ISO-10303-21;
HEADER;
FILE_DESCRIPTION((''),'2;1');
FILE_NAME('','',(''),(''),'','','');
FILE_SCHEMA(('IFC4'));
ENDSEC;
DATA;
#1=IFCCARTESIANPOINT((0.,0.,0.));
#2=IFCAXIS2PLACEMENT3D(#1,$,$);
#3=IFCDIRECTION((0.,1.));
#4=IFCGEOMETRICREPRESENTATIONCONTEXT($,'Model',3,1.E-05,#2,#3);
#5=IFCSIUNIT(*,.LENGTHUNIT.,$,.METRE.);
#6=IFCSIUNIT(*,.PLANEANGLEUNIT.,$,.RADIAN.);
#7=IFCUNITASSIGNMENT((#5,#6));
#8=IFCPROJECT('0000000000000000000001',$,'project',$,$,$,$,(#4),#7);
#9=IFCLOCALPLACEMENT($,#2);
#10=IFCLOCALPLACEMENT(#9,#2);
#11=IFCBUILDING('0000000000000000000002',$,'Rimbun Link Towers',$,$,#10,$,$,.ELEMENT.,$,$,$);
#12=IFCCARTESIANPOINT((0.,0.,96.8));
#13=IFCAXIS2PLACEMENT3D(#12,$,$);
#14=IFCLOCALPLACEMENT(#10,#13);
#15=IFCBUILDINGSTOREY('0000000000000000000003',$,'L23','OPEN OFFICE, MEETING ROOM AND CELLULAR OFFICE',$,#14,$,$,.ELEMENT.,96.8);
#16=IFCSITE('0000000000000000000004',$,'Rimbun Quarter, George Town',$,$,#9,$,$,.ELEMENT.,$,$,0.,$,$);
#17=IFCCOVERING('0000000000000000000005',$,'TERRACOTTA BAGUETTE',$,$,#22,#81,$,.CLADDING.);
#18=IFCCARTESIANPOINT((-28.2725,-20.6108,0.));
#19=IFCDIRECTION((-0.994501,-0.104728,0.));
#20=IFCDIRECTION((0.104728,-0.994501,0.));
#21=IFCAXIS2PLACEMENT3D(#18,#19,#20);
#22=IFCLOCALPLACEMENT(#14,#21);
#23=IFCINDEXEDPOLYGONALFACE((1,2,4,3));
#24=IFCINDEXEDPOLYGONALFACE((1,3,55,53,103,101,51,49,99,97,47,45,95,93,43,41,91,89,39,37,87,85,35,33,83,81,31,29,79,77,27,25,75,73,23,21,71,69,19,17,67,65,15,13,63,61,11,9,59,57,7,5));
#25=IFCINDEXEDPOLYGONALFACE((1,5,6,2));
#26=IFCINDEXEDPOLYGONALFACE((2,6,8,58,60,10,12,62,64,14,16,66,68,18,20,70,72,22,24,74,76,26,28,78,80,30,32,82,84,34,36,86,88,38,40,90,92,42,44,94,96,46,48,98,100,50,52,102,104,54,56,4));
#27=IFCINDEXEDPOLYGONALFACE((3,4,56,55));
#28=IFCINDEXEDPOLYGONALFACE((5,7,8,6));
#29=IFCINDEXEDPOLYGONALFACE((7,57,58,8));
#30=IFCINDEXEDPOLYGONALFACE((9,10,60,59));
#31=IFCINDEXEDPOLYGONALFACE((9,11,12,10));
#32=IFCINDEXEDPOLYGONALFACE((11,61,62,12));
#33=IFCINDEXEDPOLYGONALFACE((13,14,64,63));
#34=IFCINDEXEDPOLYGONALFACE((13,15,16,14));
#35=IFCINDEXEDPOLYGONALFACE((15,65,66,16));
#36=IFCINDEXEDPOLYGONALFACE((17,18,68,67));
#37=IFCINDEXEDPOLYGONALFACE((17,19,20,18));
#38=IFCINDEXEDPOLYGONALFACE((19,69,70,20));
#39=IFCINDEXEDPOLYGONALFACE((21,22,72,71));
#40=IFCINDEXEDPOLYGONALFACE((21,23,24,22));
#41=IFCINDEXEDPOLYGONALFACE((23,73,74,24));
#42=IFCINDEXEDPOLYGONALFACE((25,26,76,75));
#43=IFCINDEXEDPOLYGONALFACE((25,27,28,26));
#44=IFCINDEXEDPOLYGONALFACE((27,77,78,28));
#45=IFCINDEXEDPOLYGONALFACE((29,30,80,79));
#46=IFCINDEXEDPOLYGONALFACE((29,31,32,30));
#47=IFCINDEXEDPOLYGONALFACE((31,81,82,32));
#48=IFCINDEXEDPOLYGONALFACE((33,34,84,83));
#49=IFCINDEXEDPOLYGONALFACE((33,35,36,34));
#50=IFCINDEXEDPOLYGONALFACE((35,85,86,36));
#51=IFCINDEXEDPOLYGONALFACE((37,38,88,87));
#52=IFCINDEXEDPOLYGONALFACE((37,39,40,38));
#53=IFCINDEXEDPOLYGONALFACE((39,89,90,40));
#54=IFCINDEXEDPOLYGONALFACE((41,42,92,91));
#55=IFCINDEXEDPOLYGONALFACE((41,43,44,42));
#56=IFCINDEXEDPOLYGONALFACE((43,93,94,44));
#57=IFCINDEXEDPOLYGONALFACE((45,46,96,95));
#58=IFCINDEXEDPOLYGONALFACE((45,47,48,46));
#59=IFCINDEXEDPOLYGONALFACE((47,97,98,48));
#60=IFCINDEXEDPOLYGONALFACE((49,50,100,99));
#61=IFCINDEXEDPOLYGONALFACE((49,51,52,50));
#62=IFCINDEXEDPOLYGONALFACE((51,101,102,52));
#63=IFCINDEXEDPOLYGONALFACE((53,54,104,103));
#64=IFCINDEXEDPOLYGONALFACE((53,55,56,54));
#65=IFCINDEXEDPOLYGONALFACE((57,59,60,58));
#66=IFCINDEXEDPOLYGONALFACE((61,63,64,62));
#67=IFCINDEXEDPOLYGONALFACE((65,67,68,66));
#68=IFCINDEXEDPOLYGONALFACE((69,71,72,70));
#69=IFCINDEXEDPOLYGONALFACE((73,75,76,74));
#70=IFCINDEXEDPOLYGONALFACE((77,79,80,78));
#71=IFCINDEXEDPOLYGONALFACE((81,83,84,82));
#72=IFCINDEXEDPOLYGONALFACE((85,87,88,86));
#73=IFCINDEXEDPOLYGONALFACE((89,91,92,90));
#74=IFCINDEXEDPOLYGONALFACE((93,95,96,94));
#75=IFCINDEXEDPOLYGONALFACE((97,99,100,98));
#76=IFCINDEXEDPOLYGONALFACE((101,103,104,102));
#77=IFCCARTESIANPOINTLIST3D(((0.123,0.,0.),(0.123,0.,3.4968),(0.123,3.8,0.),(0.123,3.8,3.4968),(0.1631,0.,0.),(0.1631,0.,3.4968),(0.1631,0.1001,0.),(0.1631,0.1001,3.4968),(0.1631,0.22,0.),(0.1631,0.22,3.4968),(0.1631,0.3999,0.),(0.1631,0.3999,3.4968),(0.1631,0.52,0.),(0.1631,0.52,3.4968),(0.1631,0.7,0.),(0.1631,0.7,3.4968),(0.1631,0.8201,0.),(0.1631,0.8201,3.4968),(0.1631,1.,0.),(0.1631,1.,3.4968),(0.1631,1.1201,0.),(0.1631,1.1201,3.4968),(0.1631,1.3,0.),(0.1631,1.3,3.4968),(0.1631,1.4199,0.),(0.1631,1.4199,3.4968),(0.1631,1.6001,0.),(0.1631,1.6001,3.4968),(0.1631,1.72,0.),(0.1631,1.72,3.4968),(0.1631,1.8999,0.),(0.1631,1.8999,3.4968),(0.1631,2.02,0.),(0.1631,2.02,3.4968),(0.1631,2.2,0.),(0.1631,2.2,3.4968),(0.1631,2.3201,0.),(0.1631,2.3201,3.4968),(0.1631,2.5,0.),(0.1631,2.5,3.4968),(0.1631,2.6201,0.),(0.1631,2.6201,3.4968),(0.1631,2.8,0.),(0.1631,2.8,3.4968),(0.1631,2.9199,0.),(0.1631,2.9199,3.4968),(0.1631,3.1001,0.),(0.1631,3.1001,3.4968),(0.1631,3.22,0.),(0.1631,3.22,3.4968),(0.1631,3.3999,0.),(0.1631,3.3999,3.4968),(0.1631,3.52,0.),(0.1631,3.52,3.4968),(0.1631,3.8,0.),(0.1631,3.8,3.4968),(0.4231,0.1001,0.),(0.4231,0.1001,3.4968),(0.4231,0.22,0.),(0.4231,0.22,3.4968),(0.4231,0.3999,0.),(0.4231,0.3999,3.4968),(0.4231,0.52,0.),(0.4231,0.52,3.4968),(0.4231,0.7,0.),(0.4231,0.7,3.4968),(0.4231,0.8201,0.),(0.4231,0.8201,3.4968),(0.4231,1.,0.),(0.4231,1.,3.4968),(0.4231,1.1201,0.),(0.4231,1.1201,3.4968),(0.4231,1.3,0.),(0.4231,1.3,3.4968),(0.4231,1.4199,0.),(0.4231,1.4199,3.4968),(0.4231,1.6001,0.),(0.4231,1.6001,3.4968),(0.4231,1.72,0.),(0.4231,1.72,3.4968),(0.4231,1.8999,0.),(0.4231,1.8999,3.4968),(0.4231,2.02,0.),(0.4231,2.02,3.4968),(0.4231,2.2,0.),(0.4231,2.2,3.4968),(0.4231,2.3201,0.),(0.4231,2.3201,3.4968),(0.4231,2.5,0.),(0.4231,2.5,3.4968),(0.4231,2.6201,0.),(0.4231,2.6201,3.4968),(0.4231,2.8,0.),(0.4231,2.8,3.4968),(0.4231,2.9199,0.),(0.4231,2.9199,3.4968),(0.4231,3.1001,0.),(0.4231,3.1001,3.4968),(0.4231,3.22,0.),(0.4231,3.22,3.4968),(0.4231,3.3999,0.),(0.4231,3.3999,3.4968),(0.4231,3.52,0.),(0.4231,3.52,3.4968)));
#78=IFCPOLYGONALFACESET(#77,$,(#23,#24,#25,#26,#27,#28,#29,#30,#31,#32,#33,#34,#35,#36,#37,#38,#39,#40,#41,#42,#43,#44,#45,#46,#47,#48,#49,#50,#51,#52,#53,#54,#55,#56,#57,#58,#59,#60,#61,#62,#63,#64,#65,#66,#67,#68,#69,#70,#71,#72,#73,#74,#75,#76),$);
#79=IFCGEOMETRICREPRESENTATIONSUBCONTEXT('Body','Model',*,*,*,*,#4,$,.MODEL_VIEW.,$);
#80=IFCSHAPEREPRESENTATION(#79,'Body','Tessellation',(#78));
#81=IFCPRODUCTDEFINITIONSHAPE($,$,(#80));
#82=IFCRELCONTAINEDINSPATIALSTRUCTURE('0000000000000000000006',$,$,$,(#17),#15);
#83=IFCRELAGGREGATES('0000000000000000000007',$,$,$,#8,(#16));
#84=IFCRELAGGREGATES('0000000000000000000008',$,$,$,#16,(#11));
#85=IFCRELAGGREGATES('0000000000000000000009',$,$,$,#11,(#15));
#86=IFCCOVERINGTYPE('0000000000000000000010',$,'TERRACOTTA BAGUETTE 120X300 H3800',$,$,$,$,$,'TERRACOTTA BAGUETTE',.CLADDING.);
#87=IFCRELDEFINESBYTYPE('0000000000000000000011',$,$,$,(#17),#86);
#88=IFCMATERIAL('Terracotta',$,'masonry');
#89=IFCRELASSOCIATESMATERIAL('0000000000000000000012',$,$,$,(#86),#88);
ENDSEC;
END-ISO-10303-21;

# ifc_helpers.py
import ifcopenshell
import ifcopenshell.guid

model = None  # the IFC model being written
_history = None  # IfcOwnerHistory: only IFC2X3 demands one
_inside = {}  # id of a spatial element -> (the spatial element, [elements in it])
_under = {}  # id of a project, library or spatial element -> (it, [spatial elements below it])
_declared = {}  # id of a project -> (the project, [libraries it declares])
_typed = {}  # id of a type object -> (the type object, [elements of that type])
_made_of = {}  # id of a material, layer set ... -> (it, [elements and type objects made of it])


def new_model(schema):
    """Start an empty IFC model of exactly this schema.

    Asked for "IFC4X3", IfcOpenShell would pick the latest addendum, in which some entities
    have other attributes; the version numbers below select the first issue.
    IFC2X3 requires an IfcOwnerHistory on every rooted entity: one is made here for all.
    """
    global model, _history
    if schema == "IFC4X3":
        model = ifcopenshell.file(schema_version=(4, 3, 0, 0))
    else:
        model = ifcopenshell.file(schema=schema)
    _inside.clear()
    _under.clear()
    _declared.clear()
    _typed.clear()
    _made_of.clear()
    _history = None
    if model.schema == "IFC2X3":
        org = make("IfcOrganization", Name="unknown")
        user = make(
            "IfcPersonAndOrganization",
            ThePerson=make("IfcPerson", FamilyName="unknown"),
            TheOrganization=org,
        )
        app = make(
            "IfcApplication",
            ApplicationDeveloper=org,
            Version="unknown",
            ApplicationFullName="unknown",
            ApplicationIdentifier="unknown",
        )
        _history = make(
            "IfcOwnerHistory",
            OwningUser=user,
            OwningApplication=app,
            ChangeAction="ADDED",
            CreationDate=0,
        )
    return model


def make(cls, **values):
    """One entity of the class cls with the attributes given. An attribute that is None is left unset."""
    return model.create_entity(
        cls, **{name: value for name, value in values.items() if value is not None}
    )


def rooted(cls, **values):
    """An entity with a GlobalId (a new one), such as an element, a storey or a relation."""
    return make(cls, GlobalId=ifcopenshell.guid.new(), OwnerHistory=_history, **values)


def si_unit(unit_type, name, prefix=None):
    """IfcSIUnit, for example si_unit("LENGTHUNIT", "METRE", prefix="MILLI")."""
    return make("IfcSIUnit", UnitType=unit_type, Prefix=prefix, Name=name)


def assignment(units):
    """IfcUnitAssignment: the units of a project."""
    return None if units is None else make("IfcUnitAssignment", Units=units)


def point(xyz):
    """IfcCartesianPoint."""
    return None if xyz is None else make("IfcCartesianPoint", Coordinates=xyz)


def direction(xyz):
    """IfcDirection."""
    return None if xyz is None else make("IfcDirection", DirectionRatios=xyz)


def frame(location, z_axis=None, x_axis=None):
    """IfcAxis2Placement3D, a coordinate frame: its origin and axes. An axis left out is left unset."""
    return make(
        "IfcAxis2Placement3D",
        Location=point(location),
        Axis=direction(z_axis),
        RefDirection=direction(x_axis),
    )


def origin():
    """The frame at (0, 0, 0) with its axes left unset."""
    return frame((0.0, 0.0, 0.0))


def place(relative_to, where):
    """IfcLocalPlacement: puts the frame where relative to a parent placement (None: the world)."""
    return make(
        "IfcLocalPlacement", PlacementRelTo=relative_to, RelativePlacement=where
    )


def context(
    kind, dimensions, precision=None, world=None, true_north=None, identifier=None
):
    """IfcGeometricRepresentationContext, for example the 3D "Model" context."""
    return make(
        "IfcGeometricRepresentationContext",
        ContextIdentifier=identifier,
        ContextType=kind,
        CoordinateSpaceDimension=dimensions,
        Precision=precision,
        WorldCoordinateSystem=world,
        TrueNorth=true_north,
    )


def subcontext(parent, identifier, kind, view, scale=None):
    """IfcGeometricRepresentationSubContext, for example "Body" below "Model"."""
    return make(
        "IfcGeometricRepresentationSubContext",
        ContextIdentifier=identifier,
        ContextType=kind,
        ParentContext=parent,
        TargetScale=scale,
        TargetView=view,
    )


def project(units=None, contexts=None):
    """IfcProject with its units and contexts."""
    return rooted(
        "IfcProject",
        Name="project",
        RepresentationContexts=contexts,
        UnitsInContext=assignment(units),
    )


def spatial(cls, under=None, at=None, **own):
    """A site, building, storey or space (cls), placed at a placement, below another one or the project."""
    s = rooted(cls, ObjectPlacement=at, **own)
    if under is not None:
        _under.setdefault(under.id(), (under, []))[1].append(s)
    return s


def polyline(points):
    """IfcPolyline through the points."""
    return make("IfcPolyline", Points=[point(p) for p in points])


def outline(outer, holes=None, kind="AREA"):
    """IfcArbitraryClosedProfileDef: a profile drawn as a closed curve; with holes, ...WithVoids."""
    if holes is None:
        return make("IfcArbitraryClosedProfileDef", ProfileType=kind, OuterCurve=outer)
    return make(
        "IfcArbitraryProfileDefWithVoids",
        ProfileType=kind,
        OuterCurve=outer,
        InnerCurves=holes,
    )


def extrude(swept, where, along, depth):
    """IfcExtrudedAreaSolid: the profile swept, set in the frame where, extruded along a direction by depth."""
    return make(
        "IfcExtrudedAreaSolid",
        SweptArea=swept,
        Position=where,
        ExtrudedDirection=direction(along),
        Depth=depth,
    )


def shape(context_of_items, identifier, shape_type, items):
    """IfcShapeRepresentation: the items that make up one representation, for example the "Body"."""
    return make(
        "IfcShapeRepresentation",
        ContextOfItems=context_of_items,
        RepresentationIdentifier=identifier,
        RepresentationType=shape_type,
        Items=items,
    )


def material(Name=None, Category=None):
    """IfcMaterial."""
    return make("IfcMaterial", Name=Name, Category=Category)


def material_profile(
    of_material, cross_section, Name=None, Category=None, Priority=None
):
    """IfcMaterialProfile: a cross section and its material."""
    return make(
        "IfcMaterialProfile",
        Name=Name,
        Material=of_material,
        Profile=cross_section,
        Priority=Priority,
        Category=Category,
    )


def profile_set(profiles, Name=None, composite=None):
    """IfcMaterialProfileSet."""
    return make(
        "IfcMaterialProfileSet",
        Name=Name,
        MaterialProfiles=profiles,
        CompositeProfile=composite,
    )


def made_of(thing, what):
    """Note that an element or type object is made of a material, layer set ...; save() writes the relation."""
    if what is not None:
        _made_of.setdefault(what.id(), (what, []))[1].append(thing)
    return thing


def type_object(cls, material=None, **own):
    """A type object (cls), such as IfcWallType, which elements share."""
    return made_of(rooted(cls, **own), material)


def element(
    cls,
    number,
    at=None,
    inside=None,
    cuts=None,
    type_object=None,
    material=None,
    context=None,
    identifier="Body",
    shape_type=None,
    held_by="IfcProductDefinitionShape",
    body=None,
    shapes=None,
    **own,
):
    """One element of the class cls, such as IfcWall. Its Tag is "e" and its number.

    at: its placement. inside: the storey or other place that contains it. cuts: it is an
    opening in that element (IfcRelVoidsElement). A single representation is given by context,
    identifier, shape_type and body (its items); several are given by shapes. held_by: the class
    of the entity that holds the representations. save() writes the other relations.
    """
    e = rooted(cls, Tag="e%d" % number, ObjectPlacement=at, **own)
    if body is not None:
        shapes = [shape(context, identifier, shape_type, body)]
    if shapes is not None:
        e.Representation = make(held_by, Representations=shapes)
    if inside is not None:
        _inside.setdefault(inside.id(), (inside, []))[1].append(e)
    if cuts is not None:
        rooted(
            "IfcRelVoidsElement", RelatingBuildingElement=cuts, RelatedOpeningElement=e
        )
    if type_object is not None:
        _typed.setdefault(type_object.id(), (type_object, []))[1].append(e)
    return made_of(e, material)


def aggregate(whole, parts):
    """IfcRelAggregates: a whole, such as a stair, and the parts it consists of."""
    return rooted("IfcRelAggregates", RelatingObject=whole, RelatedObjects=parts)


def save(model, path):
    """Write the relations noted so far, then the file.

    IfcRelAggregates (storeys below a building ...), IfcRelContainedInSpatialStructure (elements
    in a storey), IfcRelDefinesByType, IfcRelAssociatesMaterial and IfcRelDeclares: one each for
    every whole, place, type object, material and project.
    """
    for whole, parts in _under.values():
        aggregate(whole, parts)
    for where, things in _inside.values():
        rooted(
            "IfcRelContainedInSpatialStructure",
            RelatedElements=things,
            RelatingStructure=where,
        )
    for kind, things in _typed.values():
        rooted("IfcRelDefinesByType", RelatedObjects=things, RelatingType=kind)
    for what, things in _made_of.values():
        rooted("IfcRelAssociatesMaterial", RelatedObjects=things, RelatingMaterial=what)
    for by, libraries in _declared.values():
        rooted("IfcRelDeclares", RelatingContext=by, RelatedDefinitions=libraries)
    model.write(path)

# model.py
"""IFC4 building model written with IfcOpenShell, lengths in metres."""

from ifc_helpers import new_model, si_unit, direction, frame, origin, place, context, subcontext, project, spatial, polyline, outline, extrude, material, material_profile, profile_set, type_object, element, save


model = new_model("IFC4")

# Units and contexts
model_context = context("Model", 3, precision=1e-05, world=origin(), true_north=direction((0.0, 1.0)))
body_context = subcontext(model_context, "Body", "Model", "MODEL_VIEW")
ifc_project = project(units=[si_unit("LENGTHUNIT", "METRE"), si_unit("PLANEANGLEUNIT", "RADIAN")], contexts=[model_context])

# Site, building, storey
site_placement = place(None, origin())
site = spatial("IfcSite", under=ifc_project, at=site_placement, Name="Rimbun Quarter, George Town", CompositionType="ELEMENT", RefElevation=0.0)
building_placement = place(site_placement, origin())
building = spatial("IfcBuilding", under=site, at=building_placement, Name="Rimbun Link Towers", CompositionType="ELEMENT")
storey_placement = place(building_placement, frame((0.0, 0.0, 96.8)))
storey = spatial("IfcBuildingStorey", under=building, at=storey_placement, Name="L23", Description="OPEN OFFICE, MEETING ROOM AND CELLULAR OFFICE", CompositionType="ELEMENT", Elevation=96.8)

# Covering
ifc_material_1 = material(Name="Terracotta", Category="masonry")
ifc_material_profile_1 = material_profile(ifc_material_1, outline(polyline([(0.123, 0.0), (0.1631, 0.0), (0.1631, 0.1001), (0.4231, 0.1001), (0.4231, 0.22), (0.1631, 0.22), (0.1631, 0.3999), (0.4231, 0.3999), (0.4231, 0.52), (0.1631, 0.52), (0.1631, 0.7), (0.4231, 0.7), (0.4231, 0.8201), (0.1631, 0.8201), (0.1631, 1.0), (0.4231, 1.0), (0.4231, 1.1201), (0.1631, 1.1201), (0.1631, 1.3), (0.4231, 1.3), (0.4231, 1.4199), (0.1631, 1.4199), (0.1631, 1.6001), (0.4231, 1.6001), (0.4231, 1.72), (0.1631, 1.72), (0.1631, 1.8999), (0.4231, 1.8999), (0.4231, 2.02), (0.1631, 2.02), (0.1631, 2.2), (0.4231, 2.2), (0.4231, 2.3201), (0.1631, 2.3201), (0.1631, 2.5), (0.4231, 2.5), (0.4231, 2.6201), (0.1631, 2.6201), (0.1631, 2.8), (0.4231, 2.8), (0.4231, 2.9199), (0.1631, 2.9199), (0.1631, 3.1001), (0.4231, 3.1001), (0.4231, 3.22), (0.1631, 3.22), (0.1631, 3.3999), (0.4231, 3.3999), (0.4231, 3.52), (0.1631, 3.52), (0.1631, 3.8), (0.123, 3.8), (0.123, 0.0)])), Name="BAGUETTE 120X300")
ifc_profile_set_1 = profile_set([ifc_material_profile_1], Name="Terracotta")
covering_type = type_object("IfcCoveringType", Name="TERRACOTTA BAGUETTE 120X300 H3800", ElementType="TERRACOTTA BAGUETTE", PredefinedType="CLADDING", material=ifc_profile_set_1)
covering_1_placement = place(storey_placement, frame((-28.2725, -20.6108, 0.0), z_axis=(-0.994501, -0.104728, 0.0), x_axis=(0.104728, -0.994501, 0.0)))
element("IfcCovering", 1, at=covering_1_placement, inside=storey, type_object=covering_type, Name="TERRACOTTA BAGUETTE", PredefinedType="CLADDING", context=body_context, shape_type="SweptSolid", body=[
    extrude(outline(polyline([(0.123, 0.0), (0.1631, 0.0), (0.1631, 0.1001), (0.4231, 0.1001), (0.4231, 0.22), (0.1631, 0.22), (0.1631, 0.3999), (0.4231, 0.3999), (0.4231, 0.52), (0.1631, 0.52), (0.1631, 0.7), (0.4231, 0.7), (0.4231, 0.8201), (0.1631, 0.8201), (0.1631, 1.0), (0.4231, 1.0), (0.4231, 1.1201), (0.1631, 1.1201), (0.1631, 1.3), (0.4231, 1.3), (0.4231, 1.4199), (0.1631, 1.4199), (0.1631, 1.6001), (0.4231, 1.6001), (0.4231, 1.72), (0.1631, 1.72), (0.1631, 1.8999), (0.4231, 1.8999), (0.4231, 2.02), (0.1631, 2.02), (0.1631, 2.2), (0.4231, 2.2), (0.4231, 2.3201), (0.1631, 2.3201), (0.1631, 2.5), (0.4231, 2.5), (0.4231, 2.6201), (0.1631, 2.6201), (0.1631, 2.8), (0.4231, 2.8), (0.4231, 2.9199), (0.1631, 2.9199), (0.1631, 3.1001), (0.4231, 3.1001), (0.4231, 3.22), (0.1631, 3.22), (0.1631, 3.3999), (0.4231, 3.3999), (0.4231, 3.52), (0.1631, 3.52), (0.1631, 3.8), (0.123, 3.8), (0.123, 0.0)])), origin(), (0.0, 0.0, 1.0), 3.4968),
])

save(model, "model.ifc")
